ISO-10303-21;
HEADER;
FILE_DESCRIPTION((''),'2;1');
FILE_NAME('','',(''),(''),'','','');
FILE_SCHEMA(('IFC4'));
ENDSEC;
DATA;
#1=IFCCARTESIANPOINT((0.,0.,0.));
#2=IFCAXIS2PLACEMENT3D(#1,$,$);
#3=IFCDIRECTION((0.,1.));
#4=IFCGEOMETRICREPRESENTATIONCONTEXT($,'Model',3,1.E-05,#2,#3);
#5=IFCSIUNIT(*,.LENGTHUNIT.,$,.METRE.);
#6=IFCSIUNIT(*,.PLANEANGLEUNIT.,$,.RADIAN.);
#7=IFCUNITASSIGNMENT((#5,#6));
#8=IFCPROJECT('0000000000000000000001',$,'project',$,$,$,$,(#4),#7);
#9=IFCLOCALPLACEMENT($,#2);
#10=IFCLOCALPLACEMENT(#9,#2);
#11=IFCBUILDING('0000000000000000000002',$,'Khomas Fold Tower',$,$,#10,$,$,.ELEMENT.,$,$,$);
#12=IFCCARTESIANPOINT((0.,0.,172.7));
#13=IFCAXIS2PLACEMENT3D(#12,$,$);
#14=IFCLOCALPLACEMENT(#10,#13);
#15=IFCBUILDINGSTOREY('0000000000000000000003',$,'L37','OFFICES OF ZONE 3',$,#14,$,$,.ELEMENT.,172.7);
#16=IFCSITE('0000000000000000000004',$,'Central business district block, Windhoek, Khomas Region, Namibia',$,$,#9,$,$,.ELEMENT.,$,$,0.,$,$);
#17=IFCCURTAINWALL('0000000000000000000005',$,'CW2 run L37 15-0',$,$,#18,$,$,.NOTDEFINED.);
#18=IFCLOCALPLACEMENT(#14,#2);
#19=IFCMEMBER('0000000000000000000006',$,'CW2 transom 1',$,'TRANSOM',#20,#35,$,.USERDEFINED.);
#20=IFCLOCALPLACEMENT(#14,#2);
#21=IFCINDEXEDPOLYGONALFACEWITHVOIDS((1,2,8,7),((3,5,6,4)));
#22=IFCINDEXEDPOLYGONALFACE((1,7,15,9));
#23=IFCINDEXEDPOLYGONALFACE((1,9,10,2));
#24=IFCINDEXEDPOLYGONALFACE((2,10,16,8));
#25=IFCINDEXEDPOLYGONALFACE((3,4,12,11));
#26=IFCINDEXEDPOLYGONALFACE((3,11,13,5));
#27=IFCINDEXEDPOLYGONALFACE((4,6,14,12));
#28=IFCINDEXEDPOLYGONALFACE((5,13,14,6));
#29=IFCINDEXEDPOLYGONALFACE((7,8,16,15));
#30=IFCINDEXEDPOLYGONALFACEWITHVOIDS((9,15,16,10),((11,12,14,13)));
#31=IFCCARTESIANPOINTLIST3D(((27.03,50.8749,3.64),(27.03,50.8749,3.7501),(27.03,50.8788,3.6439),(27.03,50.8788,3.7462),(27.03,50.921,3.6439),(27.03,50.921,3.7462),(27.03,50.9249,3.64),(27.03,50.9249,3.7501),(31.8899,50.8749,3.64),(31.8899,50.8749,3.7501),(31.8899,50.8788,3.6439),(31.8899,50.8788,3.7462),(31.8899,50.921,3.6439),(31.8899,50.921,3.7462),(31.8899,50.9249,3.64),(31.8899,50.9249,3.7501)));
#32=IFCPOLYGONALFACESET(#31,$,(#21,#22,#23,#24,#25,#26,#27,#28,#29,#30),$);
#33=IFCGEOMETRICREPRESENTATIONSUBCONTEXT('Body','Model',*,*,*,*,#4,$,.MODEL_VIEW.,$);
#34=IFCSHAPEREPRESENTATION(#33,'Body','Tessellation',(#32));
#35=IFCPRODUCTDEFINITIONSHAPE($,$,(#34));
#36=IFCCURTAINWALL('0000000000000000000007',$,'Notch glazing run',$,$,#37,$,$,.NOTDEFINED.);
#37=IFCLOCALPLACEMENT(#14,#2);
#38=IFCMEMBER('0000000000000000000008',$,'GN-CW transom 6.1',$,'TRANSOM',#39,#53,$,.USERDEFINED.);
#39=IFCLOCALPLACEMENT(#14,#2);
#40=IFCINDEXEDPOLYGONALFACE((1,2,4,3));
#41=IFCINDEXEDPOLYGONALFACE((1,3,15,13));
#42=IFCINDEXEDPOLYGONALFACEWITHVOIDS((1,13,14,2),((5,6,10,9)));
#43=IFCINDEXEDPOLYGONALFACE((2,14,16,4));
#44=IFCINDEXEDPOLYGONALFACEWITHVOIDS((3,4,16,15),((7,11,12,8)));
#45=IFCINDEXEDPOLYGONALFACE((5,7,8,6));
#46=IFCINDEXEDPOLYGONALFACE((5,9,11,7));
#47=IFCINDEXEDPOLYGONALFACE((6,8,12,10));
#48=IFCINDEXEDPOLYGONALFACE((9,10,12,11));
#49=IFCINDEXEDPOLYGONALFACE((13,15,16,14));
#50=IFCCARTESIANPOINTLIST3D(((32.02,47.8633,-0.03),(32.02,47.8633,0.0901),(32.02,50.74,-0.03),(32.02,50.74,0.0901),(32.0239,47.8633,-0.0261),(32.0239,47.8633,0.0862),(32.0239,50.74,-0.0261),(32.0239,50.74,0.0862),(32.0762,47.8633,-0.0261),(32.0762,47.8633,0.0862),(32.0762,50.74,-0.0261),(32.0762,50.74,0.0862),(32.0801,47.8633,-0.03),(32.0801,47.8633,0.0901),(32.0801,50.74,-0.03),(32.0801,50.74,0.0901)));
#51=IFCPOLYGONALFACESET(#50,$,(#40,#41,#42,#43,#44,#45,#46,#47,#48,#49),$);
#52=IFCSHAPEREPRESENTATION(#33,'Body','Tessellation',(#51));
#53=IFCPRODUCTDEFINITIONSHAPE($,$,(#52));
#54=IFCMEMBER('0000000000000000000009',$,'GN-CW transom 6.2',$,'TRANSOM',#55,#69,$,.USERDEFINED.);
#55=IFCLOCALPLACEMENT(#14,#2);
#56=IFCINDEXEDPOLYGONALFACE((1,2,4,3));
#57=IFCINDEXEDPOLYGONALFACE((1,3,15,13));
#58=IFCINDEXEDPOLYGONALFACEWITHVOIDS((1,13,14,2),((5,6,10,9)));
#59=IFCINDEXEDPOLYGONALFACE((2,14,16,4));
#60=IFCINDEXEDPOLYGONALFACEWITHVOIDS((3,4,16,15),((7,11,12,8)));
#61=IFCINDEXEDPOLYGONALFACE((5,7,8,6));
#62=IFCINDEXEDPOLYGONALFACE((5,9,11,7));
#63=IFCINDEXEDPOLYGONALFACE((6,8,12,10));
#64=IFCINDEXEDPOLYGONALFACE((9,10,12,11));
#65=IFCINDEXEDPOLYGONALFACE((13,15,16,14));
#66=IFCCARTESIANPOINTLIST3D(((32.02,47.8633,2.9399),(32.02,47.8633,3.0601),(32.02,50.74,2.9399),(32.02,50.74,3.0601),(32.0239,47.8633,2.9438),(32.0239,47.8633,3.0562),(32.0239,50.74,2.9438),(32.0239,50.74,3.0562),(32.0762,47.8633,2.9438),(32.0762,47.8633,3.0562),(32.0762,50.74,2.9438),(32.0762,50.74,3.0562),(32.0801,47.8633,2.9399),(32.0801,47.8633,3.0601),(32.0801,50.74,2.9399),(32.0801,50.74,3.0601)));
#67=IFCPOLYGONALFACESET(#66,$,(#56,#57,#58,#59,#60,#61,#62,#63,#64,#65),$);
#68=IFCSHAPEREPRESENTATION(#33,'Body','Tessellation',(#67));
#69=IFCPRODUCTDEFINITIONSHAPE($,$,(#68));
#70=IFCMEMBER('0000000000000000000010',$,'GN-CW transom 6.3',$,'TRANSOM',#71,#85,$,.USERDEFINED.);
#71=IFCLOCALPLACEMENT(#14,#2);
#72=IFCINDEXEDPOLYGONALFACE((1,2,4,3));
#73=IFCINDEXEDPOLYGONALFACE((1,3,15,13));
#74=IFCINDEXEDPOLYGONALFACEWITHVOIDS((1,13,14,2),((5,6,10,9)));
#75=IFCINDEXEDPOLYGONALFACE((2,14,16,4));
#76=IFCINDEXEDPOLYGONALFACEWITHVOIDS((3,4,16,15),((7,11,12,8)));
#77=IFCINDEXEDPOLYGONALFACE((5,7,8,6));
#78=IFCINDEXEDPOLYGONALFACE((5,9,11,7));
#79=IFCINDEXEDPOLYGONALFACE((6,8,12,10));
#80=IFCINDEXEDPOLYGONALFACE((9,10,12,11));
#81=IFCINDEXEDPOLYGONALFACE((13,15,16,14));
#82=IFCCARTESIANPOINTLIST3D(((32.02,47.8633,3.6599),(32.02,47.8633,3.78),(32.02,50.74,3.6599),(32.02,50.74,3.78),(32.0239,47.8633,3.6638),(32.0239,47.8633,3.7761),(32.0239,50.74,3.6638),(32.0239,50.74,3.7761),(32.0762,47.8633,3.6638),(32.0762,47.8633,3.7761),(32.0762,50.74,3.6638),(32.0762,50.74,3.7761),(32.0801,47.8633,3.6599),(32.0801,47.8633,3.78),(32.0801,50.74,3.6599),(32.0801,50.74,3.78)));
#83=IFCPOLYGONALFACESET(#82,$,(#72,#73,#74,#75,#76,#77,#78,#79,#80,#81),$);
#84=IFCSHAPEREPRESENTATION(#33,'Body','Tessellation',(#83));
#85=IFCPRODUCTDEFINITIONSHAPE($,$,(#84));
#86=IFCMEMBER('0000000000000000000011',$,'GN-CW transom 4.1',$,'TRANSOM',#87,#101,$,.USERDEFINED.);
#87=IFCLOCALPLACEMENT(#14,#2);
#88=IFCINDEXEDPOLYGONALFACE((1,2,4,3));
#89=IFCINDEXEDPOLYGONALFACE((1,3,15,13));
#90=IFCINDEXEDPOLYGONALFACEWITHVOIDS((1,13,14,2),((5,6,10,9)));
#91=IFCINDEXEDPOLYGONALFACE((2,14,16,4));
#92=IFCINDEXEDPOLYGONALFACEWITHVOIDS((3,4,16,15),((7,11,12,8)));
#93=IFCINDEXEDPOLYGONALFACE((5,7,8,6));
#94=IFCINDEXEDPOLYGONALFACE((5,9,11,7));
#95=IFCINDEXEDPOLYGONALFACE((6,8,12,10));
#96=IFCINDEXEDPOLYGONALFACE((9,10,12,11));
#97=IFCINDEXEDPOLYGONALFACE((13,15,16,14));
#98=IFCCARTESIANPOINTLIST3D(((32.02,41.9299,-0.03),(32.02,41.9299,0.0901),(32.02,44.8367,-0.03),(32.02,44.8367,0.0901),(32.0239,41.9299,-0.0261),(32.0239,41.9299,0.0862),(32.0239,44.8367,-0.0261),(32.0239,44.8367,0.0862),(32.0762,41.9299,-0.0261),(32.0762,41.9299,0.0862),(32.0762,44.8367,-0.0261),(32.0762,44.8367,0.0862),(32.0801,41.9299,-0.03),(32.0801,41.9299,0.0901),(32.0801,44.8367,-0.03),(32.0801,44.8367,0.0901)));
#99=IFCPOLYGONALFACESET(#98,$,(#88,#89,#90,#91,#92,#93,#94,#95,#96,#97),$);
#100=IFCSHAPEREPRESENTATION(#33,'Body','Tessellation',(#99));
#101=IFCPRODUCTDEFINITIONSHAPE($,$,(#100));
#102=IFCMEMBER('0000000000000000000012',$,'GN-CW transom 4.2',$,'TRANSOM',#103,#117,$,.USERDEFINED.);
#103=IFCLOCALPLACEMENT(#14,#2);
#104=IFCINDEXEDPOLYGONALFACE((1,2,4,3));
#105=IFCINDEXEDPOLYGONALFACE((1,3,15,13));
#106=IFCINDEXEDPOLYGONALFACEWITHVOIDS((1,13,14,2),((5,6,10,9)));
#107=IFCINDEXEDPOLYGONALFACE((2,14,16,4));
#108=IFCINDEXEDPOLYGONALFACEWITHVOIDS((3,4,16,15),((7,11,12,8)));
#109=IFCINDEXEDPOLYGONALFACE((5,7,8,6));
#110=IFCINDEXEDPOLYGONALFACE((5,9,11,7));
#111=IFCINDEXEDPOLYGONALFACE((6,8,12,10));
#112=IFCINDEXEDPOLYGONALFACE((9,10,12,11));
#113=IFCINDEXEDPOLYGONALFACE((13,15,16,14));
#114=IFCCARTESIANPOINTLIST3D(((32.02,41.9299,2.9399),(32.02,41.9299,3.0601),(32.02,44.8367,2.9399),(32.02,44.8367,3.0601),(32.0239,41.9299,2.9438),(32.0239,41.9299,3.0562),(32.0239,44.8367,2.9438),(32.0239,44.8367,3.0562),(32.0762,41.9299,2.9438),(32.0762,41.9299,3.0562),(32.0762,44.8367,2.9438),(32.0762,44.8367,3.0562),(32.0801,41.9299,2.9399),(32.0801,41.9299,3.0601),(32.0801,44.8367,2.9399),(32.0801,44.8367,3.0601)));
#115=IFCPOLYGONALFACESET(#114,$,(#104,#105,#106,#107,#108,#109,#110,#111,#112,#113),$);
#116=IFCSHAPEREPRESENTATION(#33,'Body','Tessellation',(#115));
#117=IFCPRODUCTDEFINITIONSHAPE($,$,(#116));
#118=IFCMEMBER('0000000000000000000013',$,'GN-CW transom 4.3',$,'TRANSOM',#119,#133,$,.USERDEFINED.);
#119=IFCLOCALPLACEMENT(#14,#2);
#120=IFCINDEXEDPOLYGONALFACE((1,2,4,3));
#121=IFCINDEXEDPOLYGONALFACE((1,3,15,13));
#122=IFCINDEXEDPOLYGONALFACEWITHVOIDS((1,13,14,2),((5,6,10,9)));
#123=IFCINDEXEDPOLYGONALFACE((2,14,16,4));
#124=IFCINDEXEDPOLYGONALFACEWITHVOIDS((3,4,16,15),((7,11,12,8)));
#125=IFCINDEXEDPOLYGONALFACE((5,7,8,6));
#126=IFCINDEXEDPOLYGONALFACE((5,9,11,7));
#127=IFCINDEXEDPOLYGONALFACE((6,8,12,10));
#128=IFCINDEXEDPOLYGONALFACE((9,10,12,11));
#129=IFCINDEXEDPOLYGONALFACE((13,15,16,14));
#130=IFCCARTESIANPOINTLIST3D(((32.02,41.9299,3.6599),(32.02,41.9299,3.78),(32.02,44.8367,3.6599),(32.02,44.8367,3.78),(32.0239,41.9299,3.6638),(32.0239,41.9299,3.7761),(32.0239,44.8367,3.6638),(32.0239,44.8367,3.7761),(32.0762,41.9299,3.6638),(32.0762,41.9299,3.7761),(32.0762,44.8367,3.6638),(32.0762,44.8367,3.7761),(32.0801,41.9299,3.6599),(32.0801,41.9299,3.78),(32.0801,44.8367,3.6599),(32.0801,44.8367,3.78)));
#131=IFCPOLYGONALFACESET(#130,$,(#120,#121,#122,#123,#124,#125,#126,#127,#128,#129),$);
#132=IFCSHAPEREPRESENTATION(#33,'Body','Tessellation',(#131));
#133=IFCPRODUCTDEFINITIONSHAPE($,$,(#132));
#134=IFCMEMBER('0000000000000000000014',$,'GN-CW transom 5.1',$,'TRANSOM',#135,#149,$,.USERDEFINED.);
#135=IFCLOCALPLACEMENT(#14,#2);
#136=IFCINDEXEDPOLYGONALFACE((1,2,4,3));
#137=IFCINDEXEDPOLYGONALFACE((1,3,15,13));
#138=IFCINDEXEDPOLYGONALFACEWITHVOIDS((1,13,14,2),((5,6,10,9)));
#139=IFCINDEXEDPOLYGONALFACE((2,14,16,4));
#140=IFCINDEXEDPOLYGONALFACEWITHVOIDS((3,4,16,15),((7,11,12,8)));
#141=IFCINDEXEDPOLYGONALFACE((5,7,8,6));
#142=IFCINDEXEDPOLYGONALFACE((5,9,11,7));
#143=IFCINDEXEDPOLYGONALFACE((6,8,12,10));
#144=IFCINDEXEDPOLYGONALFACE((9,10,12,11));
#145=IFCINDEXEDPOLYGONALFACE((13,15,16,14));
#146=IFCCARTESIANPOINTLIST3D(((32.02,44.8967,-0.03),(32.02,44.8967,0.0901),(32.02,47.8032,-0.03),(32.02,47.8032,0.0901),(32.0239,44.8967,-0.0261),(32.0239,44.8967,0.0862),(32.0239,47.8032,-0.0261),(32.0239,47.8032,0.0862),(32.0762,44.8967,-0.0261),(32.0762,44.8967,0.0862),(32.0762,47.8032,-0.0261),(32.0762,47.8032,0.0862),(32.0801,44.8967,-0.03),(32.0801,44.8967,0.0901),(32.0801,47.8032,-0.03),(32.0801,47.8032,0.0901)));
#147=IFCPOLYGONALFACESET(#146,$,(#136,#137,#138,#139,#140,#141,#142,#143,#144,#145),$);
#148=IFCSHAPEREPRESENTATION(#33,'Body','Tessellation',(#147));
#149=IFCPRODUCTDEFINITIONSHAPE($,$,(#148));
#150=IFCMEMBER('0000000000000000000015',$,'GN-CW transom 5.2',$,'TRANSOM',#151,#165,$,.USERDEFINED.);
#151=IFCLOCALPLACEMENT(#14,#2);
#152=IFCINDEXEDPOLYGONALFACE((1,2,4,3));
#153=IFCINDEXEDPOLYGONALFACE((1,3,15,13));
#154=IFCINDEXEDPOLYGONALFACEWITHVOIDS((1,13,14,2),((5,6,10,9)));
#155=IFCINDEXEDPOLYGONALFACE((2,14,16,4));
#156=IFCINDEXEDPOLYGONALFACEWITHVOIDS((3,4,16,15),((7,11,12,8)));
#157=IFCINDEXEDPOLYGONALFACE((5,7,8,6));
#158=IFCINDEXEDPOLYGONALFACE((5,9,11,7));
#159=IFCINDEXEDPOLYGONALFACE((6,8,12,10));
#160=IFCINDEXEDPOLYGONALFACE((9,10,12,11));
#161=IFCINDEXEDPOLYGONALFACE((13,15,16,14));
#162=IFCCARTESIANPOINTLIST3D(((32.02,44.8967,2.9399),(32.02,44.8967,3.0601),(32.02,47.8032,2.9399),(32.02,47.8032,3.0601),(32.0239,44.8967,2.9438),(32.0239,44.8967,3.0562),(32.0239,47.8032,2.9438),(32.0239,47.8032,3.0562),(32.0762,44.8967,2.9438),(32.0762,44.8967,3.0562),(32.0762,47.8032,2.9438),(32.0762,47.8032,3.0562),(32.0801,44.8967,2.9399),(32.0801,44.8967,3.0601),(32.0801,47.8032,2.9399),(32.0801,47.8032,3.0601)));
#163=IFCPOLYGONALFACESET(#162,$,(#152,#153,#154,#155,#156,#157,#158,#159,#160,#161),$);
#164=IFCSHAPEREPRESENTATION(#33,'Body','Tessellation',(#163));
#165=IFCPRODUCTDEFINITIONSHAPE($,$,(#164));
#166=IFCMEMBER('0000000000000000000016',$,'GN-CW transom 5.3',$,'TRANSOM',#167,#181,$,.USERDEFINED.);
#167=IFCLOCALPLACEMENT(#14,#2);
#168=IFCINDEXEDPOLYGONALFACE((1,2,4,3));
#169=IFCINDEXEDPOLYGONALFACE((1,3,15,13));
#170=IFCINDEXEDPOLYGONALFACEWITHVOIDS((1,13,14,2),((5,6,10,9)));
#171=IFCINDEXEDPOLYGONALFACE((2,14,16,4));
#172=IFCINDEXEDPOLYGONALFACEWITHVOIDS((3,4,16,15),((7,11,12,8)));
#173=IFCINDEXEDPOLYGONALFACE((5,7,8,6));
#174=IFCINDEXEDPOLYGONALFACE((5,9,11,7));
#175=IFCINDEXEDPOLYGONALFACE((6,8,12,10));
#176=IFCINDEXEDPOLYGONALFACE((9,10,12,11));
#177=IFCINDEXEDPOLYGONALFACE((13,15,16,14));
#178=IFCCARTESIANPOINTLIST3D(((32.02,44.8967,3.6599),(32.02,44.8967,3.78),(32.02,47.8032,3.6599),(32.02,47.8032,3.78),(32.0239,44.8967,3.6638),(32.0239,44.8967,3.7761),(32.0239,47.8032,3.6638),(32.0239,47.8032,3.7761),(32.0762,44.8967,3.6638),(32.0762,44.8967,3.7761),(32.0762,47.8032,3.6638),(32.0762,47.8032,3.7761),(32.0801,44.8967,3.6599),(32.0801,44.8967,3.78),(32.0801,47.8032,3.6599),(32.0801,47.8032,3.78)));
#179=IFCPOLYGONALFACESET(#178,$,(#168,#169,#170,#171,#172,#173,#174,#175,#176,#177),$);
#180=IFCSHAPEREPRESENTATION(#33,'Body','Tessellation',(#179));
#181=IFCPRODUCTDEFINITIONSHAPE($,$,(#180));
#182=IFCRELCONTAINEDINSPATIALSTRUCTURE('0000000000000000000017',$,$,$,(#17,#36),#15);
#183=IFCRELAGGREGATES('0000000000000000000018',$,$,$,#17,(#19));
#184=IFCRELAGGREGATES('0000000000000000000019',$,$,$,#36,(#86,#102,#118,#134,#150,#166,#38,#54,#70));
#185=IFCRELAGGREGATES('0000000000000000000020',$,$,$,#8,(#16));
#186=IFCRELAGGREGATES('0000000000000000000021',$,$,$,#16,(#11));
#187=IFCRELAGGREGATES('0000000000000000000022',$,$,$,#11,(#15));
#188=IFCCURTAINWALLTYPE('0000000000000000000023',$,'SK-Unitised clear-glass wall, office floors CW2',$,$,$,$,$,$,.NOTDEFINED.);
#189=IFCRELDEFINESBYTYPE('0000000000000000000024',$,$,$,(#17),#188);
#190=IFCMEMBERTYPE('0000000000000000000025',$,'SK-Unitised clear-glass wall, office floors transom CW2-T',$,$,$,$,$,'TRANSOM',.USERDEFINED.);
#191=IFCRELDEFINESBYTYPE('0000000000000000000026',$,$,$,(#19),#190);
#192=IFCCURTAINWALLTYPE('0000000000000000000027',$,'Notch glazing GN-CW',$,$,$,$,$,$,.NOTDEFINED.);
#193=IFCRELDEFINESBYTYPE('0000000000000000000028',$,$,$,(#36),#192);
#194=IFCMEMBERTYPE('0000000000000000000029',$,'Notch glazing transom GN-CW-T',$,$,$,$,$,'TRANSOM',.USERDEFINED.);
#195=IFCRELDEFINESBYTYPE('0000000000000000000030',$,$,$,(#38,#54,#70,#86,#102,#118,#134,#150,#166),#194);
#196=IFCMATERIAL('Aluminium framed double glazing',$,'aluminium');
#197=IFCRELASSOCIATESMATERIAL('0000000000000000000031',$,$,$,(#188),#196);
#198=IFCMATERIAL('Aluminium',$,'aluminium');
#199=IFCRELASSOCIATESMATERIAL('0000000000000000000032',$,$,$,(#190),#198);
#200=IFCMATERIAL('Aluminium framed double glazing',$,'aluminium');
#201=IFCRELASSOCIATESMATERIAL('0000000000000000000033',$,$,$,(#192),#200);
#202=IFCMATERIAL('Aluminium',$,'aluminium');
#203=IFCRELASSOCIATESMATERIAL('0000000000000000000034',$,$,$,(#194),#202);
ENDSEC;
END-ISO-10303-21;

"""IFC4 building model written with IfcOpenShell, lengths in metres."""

from ifc_helpers import new_model, si_unit, direction, frame, origin, origin_2d, place, context, subcontext, project, spatial, hollow_rectangle, extrude, source, transform, mapped, material, material_profile, profile_set, type_object, element, aggregate, save


model = new_model("IFC4")

# Units and contexts
model_context = context("Model", 3, precision=1e-05, world=origin(), true_north=direction((0.0, 1.0)))
body_context = subcontext(model_context, "Body", "Model", "MODEL_VIEW")
ifc_project = project(units=[si_unit("LENGTHUNIT", "METRE"), si_unit("PLANEANGLEUNIT", "RADIAN")], contexts=[model_context])

# Site, building, storey
site_placement = place(None, origin())
site = spatial("IfcSite", under=ifc_project, at=site_placement, Name="Central business district block, Windhoek, Khomas Region, Namibia", CompositionType="ELEMENT", RefElevation=0.0)
building_placement = place(site_placement, origin())
building = spatial("IfcBuilding", under=site, at=building_placement, Name="Khomas Fold Tower", CompositionType="ELEMENT")
storey_placement = place(building_placement, frame((0.0, 0.0, 172.7)))
storey = spatial("IfcBuildingStorey", under=building, at=storey_placement, Name="L37", Description="OFFICES OF ZONE 3", CompositionType="ELEMENT", Elevation=172.7)

# Shared definitions
ifc_material_1 = material(Name="Aluminium framed double glazing", Category="aluminium")
curtain_wall_type_1 = type_object("IfcCurtainWallType", Name="SK-Unitised clear-glass wall, office floors CW2", PredefinedType="NOTDEFINED", material=ifc_material_1)

# Curtain walls, members
curtain_wall_1_placement = place(storey_placement, origin())
curtain_wall_1 = element("IfcCurtainWall", 1, at=curtain_wall_1_placement, inside=storey, type_object=curtain_wall_type_1, Name="CW2 run L37 15-0", PredefinedType="NOTDEFINED")
ifc_material_2 = material(Name="Aluminium", Category="aluminium")
ifc_material_profile_1 = material_profile(ifc_material_2, hollow_rectangle(XDim=0.05, YDim=0.1101, WallThickness=0.0039, at=origin_2d()), Name="SK-Unitised clear-glass wall, office floors transom CW2-T")
ifc_profile_set_1 = profile_set([ifc_material_profile_1], Name="Aluminium")
member_type_1 = type_object("IfcMemberType", Name="SK-Unitised clear-glass wall, office floors transom CW2-T", ElementType="TRANSOM", PredefinedType="USERDEFINED", material=ifc_profile_set_1)
shared_shape_1 = source(origin(), body_context, "Body", "SweptSolid", [
    extrude(hollow_rectangle(XDim=0.05, YDim=0.1101, WallThickness=0.0039, at=origin_2d()), origin(), (0.0, 0.0, 1.0), 4.8599),
])
member_1_placement = place(storey_placement, frame((31.8899, 50.8999, 3.6951), z_axis=(-1.0, 0.0, 0.0), x_axis=(0.0, -1.0, 0.0)))
member_1 = element("IfcMember", 2, at=member_1_placement, type_object=member_type_1, Name="CW2 transom 1", ObjectType="TRANSOM", PredefinedType="USERDEFINED", context=body_context, shape_type="MappedRepresentation", body=[
    mapped(shared_shape_1, transform((0.0, 0.0, 0.0))),
])
ifc_material_3 = material(Name="Aluminium framed double glazing", Category="aluminium")
curtain_wall_type_2 = type_object("IfcCurtainWallType", Name="Notch glazing GN-CW", PredefinedType="NOTDEFINED", material=ifc_material_3)
curtain_wall_2_placement = place(storey_placement, origin())
curtain_wall_2 = element("IfcCurtainWall", 3, at=curtain_wall_2_placement, inside=storey, type_object=curtain_wall_type_2, Name="Notch glazing run", PredefinedType="NOTDEFINED")
ifc_material_4 = material(Name="Aluminium", Category="aluminium")
ifc_material_profile_2 = material_profile(ifc_material_4, hollow_rectangle(XDim=0.0601, YDim=0.1201, WallThickness=0.0039, at=origin_2d()), Name="Notch glazing transom GN-CW-T")
ifc_profile_set_2 = profile_set([ifc_material_profile_2], Name="Aluminium")
member_type_2 = type_object("IfcMemberType", Name="Notch glazing transom GN-CW-T", ElementType="TRANSOM", PredefinedType="USERDEFINED", material=ifc_profile_set_2)
shared_shape_2 = source(origin(), body_context, "Body", "SweptSolid", [
    extrude(hollow_rectangle(XDim=0.0601, YDim=0.1201, WallThickness=0.0039, at=origin_2d()), origin(), (0.0, 0.0, 1.0), 2.8767),
])
member_2_placement = place(storey_placement, frame((32.05, 47.8633, 0.03), z_axis=(0.0, 1.0, 0.0), x_axis=(-1.0, 0.0, 0.0)))
member_2 = element("IfcMember", 4, at=member_2_placement, type_object=member_type_2, Name="GN-CW transom 6.1", ObjectType="TRANSOM", PredefinedType="USERDEFINED", context=body_context, shape_type="MappedRepresentation", body=[
    mapped(shared_shape_2, transform((0.0, 0.0, 0.0))),
])
member_3_placement = place(storey_placement, frame((32.05, 47.8633, 3.0), z_axis=(0.0, 1.0, 0.0), x_axis=(-1.0, 0.0, 0.0)))
member_3 = element("IfcMember", 5, at=member_3_placement, type_object=member_type_2, Name="GN-CW transom 6.2", ObjectType="TRANSOM", PredefinedType="USERDEFINED", context=body_context, shape_type="MappedRepresentation", body=[
    mapped(shared_shape_2, transform((0.0, 0.0, 0.0))),
])
member_4_placement = place(storey_placement, frame((32.05, 47.8633, 3.72), z_axis=(0.0, 1.0, 0.0), x_axis=(-1.0, 0.0, 0.0)))
member_4 = element("IfcMember", 6, at=member_4_placement, type_object=member_type_2, Name="GN-CW transom 6.3", ObjectType="TRANSOM", PredefinedType="USERDEFINED", context=body_context, shape_type="MappedRepresentation", body=[
    mapped(shared_shape_2, transform((0.0, 0.0, 0.0))),
])
shared_shape_3 = source(origin(), body_context, "Body", "SweptSolid", [
    extrude(hollow_rectangle(XDim=0.0601, YDim=0.1201, WallThickness=0.0039, at=origin_2d()), origin(), (0.0, 0.0, 1.0), 2.9067),
])
member_5_placement = place(storey_placement, frame((32.05, 41.9299, 0.03), z_axis=(0.0, 1.0, 0.0), x_axis=(-1.0, 0.0, 0.0)))
member_5 = element("IfcMember", 7, at=member_5_placement, type_object=member_type_2, Name="GN-CW transom 4.1", ObjectType="TRANSOM", PredefinedType="USERDEFINED", context=body_context, shape_type="MappedRepresentation", body=[
    mapped(shared_shape_3, transform((0.0, 0.0, 0.0))),
])
member_6_placement = place(storey_placement, frame((32.05, 41.9299, 3.0), z_axis=(0.0, 1.0, 0.0), x_axis=(-1.0, 0.0, 0.0)))
member_6 = element("IfcMember", 8, at=member_6_placement, type_object=member_type_2, Name="GN-CW transom 4.2", ObjectType="TRANSOM", PredefinedType="USERDEFINED", context=body_context, shape_type="MappedRepresentation", body=[
    mapped(shared_shape_3, transform((0.0, 0.0, 0.0))),
])
member_7_placement = place(storey_placement, frame((32.05, 41.9299, 3.72), z_axis=(0.0, 1.0, 0.0), x_axis=(-1.0, 0.0, 0.0)))
member_7 = element("IfcMember", 9, at=member_7_placement, type_object=member_type_2, Name="GN-CW transom 4.3", ObjectType="TRANSOM", PredefinedType="USERDEFINED", context=body_context, shape_type="MappedRepresentation", body=[
    mapped(shared_shape_3, transform((0.0, 0.0, 0.0))),
])
shared_shape_4 = source(origin(), body_context, "Body", "SweptSolid", [
    extrude(hollow_rectangle(XDim=0.0601, YDim=0.1201, WallThickness=0.0039, at=origin_2d()), origin(), (0.0, 0.0, 1.0), 2.9065),
])
member_8_placement = place(storey_placement, frame((32.05, 44.8967, 0.03), z_axis=(0.0, 1.0, 0.0), x_axis=(-1.0, 0.0, 0.0)))
member_8 = element("IfcMember", 10, at=member_8_placement, type_object=member_type_2, Name="GN-CW transom 5.1", ObjectType="TRANSOM", PredefinedType="USERDEFINED", context=body_context, shape_type="MappedRepresentation", body=[
    mapped(shared_shape_4, transform((0.0, 0.0, 0.0))),
])
member_9_placement = place(storey_placement, frame((32.05, 44.8967, 3.0), z_axis=(0.0, 1.0, 0.0), x_axis=(-1.0, 0.0, 0.0)))
member_9 = element("IfcMember", 11, at=member_9_placement, type_object=member_type_2, Name="GN-CW transom 5.2", ObjectType="TRANSOM", PredefinedType="USERDEFINED", context=body_context, shape_type="MappedRepresentation", body=[
    mapped(shared_shape_4, transform((0.0, 0.0, 0.0))),
])
member_10_placement = place(storey_placement, frame((32.05, 44.8967, 3.72), z_axis=(0.0, 1.0, 0.0), x_axis=(-1.0, 0.0, 0.0)))
member_10 = element("IfcMember", 12, at=member_10_placement, type_object=member_type_2, Name="GN-CW transom 5.3", ObjectType="TRANSOM", PredefinedType="USERDEFINED", context=body_context, shape_type="MappedRepresentation", body=[
    mapped(shared_shape_4, transform((0.0, 0.0, 0.0))),
])

aggregate(curtain_wall_1, [member_1])
aggregate(curtain_wall_2, [member_5, member_6, member_7, member_8, member_9, member_10, member_2, member_3, member_4])

save(model, "model.ifc")
